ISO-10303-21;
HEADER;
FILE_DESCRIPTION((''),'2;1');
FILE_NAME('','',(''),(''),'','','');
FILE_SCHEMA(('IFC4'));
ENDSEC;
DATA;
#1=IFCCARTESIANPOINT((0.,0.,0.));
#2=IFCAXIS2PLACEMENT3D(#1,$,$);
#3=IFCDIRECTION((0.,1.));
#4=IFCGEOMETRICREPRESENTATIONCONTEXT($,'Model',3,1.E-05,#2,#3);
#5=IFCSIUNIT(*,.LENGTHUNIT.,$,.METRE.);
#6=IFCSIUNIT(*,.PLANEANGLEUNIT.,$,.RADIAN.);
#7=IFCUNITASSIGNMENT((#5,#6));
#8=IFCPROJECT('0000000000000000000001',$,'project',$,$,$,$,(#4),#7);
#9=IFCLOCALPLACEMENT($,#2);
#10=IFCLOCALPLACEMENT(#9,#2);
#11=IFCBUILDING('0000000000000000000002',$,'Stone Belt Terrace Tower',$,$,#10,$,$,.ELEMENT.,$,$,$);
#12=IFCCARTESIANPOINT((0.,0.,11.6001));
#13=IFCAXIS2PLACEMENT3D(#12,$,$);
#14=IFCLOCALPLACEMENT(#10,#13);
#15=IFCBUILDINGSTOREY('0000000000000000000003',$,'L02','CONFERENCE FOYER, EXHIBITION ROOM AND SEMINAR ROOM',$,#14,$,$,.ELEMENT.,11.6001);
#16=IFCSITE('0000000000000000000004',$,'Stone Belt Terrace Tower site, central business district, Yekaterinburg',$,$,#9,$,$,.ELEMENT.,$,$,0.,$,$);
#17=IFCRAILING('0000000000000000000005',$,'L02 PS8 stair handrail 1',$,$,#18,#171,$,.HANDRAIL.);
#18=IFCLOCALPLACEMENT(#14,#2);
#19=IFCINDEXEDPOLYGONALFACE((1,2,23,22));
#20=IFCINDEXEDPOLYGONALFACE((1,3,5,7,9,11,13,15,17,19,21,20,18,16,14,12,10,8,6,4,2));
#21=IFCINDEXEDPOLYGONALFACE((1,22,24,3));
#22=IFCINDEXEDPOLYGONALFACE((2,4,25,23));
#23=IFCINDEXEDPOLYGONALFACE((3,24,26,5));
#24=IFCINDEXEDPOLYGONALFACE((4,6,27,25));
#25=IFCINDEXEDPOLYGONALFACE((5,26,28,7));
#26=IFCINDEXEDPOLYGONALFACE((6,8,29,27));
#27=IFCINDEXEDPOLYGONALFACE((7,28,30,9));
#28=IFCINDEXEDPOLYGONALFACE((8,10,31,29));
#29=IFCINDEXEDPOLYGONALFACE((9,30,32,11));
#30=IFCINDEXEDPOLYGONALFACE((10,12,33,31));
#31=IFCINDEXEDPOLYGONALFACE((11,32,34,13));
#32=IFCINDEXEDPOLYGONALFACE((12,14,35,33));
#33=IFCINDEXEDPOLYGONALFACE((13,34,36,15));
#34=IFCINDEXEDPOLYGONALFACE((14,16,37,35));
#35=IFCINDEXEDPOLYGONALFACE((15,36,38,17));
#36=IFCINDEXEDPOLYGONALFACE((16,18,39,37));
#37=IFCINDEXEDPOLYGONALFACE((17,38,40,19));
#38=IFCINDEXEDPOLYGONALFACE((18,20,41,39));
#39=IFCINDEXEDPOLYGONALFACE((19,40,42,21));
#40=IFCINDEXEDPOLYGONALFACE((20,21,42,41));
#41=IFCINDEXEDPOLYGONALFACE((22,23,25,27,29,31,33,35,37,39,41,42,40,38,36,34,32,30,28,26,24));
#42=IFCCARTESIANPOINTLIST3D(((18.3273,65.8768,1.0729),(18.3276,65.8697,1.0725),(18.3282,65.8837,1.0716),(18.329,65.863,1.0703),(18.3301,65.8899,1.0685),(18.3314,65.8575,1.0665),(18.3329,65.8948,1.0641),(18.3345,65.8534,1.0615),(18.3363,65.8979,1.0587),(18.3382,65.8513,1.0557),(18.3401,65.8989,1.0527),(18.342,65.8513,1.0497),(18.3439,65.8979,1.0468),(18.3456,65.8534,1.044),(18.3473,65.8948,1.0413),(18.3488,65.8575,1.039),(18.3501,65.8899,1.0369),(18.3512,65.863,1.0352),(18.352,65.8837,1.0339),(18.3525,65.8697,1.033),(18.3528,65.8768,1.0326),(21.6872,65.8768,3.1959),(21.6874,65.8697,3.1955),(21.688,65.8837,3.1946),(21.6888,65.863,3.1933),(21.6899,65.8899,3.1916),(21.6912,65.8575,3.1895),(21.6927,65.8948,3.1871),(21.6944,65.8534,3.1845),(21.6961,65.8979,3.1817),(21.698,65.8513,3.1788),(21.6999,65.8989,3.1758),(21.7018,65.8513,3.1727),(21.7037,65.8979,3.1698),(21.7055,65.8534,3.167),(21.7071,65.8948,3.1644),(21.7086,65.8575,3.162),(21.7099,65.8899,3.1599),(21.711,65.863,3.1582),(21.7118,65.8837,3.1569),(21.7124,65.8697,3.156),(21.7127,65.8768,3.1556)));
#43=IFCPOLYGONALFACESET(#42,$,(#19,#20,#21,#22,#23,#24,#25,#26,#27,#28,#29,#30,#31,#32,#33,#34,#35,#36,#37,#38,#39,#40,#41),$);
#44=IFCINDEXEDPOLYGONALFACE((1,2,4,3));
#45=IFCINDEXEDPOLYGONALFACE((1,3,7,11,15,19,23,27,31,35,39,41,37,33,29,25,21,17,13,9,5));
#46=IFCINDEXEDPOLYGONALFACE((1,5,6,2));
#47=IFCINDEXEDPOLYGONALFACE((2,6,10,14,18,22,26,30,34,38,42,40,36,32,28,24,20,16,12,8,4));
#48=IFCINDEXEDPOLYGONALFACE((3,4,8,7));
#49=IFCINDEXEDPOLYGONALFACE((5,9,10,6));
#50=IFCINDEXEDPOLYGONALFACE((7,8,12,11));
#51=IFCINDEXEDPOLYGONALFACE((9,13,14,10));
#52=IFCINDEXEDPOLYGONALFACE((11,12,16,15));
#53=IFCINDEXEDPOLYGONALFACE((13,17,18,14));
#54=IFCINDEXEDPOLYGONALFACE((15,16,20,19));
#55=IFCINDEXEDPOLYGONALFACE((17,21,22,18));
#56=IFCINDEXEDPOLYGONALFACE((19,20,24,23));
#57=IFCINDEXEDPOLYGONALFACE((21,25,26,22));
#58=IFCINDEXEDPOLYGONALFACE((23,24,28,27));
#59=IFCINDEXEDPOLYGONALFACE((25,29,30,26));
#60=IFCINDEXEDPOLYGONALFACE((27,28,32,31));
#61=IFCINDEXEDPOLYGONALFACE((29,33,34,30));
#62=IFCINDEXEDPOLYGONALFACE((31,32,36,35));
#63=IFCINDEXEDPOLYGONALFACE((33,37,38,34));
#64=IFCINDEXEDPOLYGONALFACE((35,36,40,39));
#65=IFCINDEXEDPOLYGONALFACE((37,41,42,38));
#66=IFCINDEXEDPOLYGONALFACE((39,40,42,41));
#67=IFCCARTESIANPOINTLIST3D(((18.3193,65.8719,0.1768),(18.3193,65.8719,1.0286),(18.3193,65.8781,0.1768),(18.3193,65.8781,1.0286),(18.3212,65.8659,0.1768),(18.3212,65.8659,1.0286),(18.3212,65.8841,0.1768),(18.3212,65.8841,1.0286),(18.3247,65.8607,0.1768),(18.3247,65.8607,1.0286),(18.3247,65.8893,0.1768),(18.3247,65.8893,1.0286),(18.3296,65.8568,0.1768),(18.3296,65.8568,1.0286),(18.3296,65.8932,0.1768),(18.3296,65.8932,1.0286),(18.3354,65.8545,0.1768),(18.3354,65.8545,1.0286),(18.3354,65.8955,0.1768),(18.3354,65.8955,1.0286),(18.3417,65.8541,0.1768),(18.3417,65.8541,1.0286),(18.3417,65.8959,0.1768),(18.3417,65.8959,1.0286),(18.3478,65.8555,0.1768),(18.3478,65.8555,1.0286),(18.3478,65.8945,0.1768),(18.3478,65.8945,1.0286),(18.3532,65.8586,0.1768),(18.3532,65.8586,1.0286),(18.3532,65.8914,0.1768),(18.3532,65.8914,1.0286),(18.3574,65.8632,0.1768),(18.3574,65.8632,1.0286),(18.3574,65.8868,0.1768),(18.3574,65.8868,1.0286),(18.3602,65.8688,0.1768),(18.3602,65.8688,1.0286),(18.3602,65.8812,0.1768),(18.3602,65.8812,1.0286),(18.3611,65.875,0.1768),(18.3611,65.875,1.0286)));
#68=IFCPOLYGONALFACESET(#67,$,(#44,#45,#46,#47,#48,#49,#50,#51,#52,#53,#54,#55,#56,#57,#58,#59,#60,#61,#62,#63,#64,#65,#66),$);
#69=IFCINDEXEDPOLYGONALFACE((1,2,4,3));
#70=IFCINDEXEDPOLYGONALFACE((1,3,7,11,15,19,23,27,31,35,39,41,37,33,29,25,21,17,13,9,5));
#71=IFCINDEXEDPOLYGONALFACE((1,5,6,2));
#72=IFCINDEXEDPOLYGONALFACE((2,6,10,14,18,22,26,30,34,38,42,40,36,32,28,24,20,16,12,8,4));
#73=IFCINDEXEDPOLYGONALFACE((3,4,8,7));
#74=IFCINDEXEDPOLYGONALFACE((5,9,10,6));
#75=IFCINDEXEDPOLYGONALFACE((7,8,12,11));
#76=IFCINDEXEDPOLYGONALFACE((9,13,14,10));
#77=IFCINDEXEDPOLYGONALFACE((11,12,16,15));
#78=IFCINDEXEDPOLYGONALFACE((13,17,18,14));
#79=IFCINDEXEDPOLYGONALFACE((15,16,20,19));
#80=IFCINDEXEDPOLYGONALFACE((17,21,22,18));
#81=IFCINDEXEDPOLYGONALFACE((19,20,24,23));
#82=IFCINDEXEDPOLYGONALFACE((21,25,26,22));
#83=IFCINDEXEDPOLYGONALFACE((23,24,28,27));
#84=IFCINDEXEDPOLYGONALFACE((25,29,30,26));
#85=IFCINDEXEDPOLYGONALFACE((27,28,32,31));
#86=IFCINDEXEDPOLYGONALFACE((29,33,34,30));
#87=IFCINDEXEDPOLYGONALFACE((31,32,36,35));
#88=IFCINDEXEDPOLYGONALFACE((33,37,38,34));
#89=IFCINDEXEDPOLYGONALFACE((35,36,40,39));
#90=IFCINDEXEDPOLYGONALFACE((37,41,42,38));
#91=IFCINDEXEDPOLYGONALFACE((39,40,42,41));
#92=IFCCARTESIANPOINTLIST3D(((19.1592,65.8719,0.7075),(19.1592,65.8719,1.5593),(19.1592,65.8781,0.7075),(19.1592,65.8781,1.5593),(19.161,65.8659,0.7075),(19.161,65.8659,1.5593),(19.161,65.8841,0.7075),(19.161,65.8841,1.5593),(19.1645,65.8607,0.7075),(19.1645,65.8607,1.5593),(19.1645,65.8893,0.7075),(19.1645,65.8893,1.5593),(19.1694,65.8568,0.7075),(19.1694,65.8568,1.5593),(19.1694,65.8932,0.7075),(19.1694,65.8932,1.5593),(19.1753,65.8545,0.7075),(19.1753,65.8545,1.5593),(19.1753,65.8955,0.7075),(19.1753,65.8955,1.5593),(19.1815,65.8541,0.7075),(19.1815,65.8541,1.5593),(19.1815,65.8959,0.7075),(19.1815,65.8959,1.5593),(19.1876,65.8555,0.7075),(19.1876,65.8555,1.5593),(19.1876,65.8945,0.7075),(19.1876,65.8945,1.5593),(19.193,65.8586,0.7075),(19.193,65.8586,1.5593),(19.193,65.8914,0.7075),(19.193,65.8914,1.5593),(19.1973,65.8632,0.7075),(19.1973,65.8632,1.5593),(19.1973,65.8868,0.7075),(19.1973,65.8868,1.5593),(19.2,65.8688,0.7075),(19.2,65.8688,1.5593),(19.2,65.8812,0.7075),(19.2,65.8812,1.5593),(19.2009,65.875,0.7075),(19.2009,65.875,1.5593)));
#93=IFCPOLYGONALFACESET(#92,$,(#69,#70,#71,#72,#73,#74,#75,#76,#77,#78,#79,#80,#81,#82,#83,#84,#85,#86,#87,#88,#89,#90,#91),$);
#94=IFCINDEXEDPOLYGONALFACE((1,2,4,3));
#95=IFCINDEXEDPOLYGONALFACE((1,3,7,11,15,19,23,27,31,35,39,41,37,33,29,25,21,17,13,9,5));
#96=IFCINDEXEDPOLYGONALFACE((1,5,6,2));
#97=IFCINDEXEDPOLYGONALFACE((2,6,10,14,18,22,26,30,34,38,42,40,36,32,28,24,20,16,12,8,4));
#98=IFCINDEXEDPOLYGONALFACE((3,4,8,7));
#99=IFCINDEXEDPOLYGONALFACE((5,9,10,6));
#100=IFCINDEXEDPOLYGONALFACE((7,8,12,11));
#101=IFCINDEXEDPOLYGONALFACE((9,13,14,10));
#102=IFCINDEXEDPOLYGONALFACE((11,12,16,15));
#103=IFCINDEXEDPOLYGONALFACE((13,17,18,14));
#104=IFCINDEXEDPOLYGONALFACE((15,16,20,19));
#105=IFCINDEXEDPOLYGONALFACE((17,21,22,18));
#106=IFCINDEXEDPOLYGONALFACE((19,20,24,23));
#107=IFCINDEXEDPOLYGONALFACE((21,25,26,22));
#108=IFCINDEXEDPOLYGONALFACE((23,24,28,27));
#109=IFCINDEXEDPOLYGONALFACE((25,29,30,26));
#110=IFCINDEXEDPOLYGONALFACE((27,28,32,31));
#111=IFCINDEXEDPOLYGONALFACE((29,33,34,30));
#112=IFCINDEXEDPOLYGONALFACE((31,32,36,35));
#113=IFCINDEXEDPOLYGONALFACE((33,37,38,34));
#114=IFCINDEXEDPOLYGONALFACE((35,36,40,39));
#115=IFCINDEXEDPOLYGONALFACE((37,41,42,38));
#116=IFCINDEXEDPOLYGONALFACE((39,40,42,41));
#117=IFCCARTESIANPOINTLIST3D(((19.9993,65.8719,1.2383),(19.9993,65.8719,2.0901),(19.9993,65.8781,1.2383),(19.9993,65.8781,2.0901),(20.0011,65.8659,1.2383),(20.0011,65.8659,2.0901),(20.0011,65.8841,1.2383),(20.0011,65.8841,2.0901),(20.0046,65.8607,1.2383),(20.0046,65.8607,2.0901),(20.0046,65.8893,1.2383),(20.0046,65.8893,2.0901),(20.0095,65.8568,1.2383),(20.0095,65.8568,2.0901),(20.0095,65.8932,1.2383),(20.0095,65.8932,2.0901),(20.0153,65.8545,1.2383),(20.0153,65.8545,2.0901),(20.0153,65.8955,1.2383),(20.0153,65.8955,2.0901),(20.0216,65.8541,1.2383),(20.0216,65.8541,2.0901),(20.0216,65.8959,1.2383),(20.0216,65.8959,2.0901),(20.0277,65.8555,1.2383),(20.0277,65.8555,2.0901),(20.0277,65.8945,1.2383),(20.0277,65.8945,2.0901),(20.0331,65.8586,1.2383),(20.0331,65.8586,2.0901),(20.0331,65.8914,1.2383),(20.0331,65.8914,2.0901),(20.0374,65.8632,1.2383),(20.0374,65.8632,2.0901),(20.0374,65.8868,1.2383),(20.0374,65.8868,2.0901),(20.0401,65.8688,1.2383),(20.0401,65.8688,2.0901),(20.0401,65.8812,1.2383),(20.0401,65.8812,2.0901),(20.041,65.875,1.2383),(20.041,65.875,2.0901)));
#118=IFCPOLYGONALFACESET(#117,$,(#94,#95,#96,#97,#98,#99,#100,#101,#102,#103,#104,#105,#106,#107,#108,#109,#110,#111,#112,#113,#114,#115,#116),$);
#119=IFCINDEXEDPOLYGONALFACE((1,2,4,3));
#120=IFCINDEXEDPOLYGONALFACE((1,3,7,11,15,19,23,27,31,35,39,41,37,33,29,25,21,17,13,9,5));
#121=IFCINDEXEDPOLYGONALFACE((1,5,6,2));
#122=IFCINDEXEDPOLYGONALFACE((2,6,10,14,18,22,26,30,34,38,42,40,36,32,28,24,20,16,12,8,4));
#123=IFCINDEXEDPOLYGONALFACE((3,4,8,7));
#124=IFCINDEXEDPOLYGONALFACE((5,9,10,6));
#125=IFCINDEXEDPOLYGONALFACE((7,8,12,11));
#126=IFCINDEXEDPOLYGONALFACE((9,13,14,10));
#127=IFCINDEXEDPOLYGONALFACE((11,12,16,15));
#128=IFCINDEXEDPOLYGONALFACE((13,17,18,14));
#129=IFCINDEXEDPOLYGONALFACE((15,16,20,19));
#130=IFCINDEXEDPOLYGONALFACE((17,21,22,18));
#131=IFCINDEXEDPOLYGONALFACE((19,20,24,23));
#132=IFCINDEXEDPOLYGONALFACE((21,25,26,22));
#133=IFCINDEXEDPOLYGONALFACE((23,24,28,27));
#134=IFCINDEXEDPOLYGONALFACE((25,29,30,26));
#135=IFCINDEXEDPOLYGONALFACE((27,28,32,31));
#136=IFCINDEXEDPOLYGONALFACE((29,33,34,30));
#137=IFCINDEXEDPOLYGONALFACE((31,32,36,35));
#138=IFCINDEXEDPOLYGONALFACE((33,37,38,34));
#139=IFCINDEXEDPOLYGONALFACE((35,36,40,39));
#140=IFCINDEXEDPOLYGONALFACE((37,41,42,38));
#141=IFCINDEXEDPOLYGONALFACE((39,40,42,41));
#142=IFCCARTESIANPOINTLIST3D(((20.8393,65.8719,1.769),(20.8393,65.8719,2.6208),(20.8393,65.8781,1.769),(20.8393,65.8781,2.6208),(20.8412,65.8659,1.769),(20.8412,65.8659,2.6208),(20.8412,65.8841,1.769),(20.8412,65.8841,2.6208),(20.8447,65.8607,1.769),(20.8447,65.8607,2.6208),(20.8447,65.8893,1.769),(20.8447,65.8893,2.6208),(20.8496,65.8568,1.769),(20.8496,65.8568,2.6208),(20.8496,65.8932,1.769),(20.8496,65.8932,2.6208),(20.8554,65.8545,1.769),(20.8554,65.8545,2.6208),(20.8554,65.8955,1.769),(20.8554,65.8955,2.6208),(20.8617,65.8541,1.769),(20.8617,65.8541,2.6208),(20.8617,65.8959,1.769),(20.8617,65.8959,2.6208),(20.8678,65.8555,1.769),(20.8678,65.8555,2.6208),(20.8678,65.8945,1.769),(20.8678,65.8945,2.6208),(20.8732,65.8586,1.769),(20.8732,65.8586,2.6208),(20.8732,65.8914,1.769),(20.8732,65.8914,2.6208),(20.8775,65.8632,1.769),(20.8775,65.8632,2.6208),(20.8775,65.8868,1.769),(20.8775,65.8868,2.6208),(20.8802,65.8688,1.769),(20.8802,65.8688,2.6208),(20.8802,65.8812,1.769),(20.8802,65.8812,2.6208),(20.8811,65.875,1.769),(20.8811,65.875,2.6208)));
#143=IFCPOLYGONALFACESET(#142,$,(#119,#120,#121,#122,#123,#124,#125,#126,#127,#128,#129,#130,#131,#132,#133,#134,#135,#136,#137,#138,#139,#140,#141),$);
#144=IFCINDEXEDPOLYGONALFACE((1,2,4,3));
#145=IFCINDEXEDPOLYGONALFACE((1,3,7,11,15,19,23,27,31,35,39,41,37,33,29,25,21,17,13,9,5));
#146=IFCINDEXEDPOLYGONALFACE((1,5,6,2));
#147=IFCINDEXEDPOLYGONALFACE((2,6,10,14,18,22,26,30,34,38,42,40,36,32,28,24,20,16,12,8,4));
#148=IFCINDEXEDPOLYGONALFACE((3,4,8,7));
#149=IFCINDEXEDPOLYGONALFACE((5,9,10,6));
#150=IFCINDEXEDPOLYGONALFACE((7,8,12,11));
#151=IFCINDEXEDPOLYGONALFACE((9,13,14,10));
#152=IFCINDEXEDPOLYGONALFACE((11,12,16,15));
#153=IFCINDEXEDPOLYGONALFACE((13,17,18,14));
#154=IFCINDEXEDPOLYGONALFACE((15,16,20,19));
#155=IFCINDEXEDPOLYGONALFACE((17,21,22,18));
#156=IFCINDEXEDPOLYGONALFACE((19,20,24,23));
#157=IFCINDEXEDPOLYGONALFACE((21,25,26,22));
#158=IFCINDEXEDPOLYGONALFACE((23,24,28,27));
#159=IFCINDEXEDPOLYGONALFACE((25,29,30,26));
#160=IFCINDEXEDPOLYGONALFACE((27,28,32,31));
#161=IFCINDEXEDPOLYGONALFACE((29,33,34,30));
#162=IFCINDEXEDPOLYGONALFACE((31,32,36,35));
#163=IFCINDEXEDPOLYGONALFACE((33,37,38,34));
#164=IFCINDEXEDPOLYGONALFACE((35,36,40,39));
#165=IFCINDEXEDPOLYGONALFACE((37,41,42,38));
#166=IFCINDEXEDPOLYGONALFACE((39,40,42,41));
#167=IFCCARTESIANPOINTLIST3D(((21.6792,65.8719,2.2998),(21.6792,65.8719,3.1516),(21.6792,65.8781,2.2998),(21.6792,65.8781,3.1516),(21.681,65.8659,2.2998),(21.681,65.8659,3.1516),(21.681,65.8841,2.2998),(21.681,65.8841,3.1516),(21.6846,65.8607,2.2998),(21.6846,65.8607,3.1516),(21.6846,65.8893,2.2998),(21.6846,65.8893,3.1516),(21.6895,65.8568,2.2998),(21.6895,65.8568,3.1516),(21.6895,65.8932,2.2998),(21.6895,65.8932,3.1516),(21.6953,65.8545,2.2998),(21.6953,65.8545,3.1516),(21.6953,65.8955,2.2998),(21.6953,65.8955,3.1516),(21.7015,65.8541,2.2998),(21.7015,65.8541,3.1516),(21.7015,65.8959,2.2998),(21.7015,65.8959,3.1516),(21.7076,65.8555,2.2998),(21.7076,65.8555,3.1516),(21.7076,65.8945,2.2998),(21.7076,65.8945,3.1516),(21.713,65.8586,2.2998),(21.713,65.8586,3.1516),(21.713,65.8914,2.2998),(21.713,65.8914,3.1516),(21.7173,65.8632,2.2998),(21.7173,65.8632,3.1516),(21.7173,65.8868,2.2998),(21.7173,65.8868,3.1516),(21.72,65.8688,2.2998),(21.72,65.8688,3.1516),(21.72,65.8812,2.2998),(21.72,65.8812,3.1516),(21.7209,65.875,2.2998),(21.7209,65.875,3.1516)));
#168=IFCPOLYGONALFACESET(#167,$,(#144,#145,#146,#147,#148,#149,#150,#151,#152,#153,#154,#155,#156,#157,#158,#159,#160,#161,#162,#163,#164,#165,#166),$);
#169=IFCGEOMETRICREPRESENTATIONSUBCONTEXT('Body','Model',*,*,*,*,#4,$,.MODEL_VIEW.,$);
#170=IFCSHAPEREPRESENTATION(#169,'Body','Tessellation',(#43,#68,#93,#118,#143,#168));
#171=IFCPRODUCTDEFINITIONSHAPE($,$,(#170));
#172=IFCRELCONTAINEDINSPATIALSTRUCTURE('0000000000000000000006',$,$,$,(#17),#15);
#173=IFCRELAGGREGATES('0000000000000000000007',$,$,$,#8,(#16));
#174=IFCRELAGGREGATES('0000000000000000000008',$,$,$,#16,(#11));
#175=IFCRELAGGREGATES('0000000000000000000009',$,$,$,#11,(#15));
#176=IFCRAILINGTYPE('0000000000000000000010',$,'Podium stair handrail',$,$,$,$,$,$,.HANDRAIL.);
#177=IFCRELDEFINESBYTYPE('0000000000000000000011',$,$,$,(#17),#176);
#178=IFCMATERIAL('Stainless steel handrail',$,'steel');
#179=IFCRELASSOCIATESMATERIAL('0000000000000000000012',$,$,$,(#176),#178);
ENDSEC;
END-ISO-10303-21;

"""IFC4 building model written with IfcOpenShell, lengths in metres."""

from ifc_helpers import new_model, si_unit, direction, frame, origin, origin_2d, place, context, subcontext, project, spatial, circle, extrude, material, type_object, element, save


model = new_model("IFC4")

# Units and contexts
model_context = context("Model", 3, precision=1e-05, world=origin(), true_north=direction((0.0, 1.0)))
body_context = subcontext(model_context, "Body", "Model", "MODEL_VIEW")
ifc_project = project(units=[si_unit("LENGTHUNIT", "METRE"), si_unit("PLANEANGLEUNIT", "RADIAN")], contexts=[model_context])

# Site, building, storey
site_placement = place(None, origin())
site = spatial("IfcSite", under=ifc_project, at=site_placement, Name="Stone Belt Terrace Tower site, central business district, Yekaterinburg", CompositionType="ELEMENT", RefElevation=0.0)
building_placement = place(site_placement, origin())
building = spatial("IfcBuilding", under=site, at=building_placement, Name="Stone Belt Terrace Tower", CompositionType="ELEMENT")
storey_placement = place(building_placement, frame((0.0, 0.0, 11.6001)))
storey = spatial("IfcBuildingStorey", under=building, at=storey_placement, Name="L02", Description="CONFERENCE FOYER, EXHIBITION ROOM AND SEMINAR ROOM", CompositionType="ELEMENT", Elevation=11.6001)

# Railing
ifc_material_1 = material(Name="Stainless steel handrail", Category="steel")
railing_type_1 = type_object("IfcRailingType", Name="Podium stair handrail", PredefinedType="HANDRAIL", material=ifc_material_1)
railing_1_placement = place(storey_placement, frame((18.3401, 65.875, 0.1768)))
element("IfcRailing", 1, at=railing_1_placement, inside=storey, type_object=railing_type_1, Name="L02 PS8 stair handrail 1", PredefinedType="HANDRAIL", context=body_context, shape_type="SweptSolid", body=[
    extrude(circle(Radius=0.0239, at=origin_2d()), frame((0.0, 0.0, 0.876), z_axis=(0.845372, 0.0, 0.534178), x_axis=(0.0, 1.0, 0.0)), (0.0, 0.0, 1.0), 3.9744),
    extrude(circle(Radius=0.021, at=origin_2d()), origin(), (0.0, 0.0, 1.0), 0.8518),
    extrude(circle(Radius=0.021, at=origin_2d()), frame((0.8398, 0.0, 0.5308)), (0.0, 0.0, 1.0), 0.8518),
    extrude(circle(Radius=0.021, at=origin_2d()), frame((1.6799, 0.0, 1.0615)), (0.0, 0.0, 1.0), 0.8518),
    extrude(circle(Radius=0.021, at=origin_2d()), frame((2.52, 0.0, 1.5923)), (0.0, 0.0, 1.0), 0.8518),
    extrude(circle(Radius=0.021, at=origin_2d()), frame((3.3599, 0.0, 2.123)), (0.0, 0.0, 1.0), 0.8518),
])

save(model, "model.ifc")
